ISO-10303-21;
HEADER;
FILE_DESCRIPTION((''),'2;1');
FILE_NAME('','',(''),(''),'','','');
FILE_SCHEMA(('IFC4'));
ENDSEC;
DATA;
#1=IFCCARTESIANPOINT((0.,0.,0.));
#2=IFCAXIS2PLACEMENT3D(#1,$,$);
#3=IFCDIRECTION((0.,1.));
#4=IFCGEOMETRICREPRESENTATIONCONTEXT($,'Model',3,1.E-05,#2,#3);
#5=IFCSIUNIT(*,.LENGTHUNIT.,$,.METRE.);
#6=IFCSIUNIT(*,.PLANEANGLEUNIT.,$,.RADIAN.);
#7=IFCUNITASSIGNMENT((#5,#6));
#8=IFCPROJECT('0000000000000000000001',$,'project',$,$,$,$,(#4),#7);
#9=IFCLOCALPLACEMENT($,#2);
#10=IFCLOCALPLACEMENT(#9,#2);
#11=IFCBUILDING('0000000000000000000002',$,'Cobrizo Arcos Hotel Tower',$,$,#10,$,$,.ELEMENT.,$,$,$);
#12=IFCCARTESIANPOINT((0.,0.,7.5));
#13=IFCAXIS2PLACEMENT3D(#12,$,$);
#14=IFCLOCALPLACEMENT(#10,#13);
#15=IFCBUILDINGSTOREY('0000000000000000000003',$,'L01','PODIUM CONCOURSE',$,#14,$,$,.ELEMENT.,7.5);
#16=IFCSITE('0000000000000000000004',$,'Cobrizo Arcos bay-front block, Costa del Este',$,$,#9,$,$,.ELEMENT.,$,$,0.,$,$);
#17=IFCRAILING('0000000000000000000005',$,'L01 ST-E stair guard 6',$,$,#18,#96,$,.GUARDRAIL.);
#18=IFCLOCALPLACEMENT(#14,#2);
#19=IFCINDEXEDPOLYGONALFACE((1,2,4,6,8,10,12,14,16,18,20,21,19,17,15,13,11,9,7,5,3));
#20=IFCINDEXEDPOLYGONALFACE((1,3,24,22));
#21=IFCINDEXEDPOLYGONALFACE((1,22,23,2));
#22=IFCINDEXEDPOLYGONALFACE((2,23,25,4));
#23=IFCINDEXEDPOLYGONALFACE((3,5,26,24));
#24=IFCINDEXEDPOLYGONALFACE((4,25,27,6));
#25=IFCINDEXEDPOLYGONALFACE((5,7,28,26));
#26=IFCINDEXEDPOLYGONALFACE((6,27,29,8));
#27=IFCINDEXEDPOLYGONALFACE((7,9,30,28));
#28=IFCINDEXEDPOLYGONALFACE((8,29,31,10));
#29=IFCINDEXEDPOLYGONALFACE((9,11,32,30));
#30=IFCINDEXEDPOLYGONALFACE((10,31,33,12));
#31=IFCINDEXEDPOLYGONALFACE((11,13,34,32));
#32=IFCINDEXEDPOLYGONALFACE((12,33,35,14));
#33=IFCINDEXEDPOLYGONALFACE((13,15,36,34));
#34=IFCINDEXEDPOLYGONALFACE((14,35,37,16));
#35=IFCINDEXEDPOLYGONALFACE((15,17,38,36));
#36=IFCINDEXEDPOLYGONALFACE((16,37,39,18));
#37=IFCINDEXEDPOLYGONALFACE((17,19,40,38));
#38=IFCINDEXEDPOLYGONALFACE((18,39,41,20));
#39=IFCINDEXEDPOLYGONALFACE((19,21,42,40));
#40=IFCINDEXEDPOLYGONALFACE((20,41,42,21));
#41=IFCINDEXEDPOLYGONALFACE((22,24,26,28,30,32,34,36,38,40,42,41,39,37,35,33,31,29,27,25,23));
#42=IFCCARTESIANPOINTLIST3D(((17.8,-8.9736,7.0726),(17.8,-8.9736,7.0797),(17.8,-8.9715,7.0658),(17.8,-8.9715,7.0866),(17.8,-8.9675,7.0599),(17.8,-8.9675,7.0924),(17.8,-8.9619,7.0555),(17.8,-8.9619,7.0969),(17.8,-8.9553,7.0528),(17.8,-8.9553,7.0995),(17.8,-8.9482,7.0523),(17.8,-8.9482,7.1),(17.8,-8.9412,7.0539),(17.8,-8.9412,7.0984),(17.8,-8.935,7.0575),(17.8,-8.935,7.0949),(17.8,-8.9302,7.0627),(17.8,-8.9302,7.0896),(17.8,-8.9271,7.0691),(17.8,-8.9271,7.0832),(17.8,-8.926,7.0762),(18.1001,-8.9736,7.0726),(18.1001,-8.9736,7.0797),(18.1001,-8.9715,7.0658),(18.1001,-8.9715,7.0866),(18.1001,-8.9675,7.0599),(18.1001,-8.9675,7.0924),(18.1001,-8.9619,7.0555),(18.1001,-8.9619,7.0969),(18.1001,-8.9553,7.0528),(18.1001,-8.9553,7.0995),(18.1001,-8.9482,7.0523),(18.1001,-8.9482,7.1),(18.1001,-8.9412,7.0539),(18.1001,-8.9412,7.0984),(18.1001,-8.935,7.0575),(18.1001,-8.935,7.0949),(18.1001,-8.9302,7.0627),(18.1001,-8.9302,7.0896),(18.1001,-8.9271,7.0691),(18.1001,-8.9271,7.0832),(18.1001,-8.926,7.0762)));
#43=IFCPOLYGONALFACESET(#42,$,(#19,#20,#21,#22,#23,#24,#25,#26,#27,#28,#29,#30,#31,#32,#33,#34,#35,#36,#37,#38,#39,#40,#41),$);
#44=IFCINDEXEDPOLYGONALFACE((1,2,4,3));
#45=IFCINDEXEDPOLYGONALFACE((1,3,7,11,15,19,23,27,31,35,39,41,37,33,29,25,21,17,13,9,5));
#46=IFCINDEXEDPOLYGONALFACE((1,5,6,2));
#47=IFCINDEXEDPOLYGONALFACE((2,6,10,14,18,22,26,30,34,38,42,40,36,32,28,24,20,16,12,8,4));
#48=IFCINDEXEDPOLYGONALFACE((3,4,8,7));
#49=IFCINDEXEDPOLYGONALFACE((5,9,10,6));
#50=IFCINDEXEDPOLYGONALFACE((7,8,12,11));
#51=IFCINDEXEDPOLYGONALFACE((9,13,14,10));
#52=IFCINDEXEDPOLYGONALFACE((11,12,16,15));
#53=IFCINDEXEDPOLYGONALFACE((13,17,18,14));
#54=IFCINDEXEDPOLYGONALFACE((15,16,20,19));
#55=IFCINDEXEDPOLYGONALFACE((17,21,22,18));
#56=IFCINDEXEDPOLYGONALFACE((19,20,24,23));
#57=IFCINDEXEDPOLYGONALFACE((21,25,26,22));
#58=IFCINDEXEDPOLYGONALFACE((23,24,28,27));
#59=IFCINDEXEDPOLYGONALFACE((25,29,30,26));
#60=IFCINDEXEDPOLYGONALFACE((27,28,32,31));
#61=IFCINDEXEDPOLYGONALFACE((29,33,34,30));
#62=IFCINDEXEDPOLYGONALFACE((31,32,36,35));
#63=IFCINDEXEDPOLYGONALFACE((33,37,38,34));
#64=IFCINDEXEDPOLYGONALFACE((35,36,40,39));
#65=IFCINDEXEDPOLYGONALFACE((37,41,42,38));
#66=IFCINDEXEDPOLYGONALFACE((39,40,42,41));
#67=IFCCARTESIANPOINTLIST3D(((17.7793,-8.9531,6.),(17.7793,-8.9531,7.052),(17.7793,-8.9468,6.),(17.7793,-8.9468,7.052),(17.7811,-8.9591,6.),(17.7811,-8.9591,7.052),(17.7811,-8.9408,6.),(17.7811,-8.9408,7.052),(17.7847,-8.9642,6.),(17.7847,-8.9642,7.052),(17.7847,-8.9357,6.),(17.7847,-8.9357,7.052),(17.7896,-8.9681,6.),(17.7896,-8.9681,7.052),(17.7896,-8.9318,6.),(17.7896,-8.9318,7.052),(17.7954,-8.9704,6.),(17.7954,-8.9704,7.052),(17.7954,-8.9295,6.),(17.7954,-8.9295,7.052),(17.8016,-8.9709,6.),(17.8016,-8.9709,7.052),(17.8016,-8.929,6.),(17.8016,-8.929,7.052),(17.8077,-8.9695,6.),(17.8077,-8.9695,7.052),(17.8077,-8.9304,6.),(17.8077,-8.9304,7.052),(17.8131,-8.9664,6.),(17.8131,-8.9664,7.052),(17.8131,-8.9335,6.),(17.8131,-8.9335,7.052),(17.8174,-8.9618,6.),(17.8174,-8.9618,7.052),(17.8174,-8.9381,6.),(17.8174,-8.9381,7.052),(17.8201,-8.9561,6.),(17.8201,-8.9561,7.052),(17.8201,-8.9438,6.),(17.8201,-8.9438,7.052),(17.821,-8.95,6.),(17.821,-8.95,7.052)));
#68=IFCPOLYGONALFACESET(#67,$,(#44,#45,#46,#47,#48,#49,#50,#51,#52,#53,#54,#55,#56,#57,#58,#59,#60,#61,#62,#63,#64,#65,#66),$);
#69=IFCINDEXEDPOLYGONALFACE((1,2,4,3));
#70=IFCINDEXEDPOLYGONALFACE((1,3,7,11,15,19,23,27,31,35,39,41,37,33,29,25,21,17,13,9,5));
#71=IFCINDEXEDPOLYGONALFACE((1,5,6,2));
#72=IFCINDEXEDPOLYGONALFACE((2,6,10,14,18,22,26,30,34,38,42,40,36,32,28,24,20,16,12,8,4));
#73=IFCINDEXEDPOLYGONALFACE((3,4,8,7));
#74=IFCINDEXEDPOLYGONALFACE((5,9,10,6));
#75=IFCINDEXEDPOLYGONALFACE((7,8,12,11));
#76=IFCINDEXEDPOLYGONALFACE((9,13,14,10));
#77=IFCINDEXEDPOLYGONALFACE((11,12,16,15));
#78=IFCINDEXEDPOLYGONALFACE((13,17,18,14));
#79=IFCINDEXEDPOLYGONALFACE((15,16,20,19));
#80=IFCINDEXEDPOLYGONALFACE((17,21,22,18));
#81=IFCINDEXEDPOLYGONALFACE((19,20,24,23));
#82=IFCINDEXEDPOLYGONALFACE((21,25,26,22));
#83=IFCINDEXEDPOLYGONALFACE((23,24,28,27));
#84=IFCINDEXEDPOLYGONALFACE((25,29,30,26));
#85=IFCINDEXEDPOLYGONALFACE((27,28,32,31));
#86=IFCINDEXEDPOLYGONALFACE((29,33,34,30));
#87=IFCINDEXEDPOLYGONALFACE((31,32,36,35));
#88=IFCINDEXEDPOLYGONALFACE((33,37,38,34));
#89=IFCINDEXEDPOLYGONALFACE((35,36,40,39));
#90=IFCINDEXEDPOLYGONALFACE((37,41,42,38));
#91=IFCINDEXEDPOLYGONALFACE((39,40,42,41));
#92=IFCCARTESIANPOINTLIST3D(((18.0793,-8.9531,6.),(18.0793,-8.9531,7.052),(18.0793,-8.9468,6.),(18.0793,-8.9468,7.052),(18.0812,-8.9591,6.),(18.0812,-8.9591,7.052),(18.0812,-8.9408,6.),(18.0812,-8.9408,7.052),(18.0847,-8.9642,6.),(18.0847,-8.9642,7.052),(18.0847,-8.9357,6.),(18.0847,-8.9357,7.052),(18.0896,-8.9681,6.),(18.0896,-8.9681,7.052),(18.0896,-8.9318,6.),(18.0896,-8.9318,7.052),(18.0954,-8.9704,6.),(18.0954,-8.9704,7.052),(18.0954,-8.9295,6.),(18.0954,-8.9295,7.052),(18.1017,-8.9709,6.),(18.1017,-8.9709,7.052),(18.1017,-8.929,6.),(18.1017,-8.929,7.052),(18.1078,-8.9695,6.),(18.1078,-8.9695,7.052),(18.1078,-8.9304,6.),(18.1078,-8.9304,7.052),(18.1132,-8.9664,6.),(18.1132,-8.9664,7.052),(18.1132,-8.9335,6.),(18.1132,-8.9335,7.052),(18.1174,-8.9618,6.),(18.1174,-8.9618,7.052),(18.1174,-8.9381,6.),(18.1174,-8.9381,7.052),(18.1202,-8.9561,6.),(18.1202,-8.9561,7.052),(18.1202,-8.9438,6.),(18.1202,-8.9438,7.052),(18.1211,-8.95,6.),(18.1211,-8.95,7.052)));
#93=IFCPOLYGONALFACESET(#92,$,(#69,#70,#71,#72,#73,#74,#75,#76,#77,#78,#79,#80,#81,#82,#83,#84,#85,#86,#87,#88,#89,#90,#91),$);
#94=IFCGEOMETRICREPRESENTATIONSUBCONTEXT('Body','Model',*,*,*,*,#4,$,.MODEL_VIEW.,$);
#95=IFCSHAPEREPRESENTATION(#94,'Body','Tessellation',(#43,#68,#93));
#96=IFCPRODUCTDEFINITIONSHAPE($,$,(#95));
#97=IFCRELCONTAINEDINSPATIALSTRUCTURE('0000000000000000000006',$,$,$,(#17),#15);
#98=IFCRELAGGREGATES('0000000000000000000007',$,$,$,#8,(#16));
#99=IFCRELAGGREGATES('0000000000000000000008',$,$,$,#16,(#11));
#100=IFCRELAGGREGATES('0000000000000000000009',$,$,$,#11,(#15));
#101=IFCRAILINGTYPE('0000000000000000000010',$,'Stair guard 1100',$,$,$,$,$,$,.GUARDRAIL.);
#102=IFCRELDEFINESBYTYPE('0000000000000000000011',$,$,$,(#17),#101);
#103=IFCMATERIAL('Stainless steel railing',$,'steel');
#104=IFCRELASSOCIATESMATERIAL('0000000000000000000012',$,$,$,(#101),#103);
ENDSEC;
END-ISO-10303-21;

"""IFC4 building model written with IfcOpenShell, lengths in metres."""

from ifc_helpers import new_model, si_unit, direction, frame, origin, origin_2d, place, context, subcontext, project, spatial, circle, extrude, material, type_object, element, save


model = new_model("IFC4")

# Units and contexts
model_context = context("Model", 3, precision=1e-05, world=origin(), true_north=direction((0.0, 1.0)))
body_context = subcontext(model_context, "Body", "Model", "MODEL_VIEW")
ifc_project = project(units=[si_unit("LENGTHUNIT", "METRE"), si_unit("PLANEANGLEUNIT", "RADIAN")], contexts=[model_context])

# Site, building, storey
site_placement = place(None, origin())
site = spatial("IfcSite", under=ifc_project, at=site_placement, Name="Cobrizo Arcos bay-front block, Costa del Este", CompositionType="ELEMENT", RefElevation=0.0)
building_placement = place(site_placement, origin())
building = spatial("IfcBuilding", under=site, at=building_placement, Name="Cobrizo Arcos Hotel Tower", CompositionType="ELEMENT")
storey_placement = place(building_placement, frame((0.0, 0.0, 7.5)))
storey = spatial("IfcBuildingStorey", under=building, at=storey_placement, Name="L01", Description="PODIUM CONCOURSE", CompositionType="ELEMENT", Elevation=7.5)

# Railing
ifc_material_1 = material(Name="Stainless steel railing", Category="steel")
railing_type_1 = type_object("IfcRailingType", Name="Stair guard 1100", PredefinedType="GUARDRAIL", material=ifc_material_1)
railing_1_placement = place(storey_placement, frame((17.8, -8.95, 6.0)))
element("IfcRailing", 1, at=railing_1_placement, inside=storey, type_object=railing_type_1, Name="L01 ST-E stair guard 6", PredefinedType="GUARDRAIL", context=body_context, shape_type="SweptSolid", body=[
    extrude(circle(Radius=0.0239, at=origin_2d()), frame((0.0, 0.0, 1.0762), z_axis=(1.0, 0.0, 0.0), x_axis=(0.0, 1.0, 0.0)), (0.0, 0.0, 1.0), 0.3),
    extrude(circle(Radius=0.021, at=origin_2d()), origin(), (0.0, 0.0, 1.0), 1.052),
    extrude(circle(Radius=0.021, at=origin_2d()), frame((0.3, 0.0, 0.0)), (0.0, 0.0, 1.0), 1.052),
])

save(model, "model.ifc")
